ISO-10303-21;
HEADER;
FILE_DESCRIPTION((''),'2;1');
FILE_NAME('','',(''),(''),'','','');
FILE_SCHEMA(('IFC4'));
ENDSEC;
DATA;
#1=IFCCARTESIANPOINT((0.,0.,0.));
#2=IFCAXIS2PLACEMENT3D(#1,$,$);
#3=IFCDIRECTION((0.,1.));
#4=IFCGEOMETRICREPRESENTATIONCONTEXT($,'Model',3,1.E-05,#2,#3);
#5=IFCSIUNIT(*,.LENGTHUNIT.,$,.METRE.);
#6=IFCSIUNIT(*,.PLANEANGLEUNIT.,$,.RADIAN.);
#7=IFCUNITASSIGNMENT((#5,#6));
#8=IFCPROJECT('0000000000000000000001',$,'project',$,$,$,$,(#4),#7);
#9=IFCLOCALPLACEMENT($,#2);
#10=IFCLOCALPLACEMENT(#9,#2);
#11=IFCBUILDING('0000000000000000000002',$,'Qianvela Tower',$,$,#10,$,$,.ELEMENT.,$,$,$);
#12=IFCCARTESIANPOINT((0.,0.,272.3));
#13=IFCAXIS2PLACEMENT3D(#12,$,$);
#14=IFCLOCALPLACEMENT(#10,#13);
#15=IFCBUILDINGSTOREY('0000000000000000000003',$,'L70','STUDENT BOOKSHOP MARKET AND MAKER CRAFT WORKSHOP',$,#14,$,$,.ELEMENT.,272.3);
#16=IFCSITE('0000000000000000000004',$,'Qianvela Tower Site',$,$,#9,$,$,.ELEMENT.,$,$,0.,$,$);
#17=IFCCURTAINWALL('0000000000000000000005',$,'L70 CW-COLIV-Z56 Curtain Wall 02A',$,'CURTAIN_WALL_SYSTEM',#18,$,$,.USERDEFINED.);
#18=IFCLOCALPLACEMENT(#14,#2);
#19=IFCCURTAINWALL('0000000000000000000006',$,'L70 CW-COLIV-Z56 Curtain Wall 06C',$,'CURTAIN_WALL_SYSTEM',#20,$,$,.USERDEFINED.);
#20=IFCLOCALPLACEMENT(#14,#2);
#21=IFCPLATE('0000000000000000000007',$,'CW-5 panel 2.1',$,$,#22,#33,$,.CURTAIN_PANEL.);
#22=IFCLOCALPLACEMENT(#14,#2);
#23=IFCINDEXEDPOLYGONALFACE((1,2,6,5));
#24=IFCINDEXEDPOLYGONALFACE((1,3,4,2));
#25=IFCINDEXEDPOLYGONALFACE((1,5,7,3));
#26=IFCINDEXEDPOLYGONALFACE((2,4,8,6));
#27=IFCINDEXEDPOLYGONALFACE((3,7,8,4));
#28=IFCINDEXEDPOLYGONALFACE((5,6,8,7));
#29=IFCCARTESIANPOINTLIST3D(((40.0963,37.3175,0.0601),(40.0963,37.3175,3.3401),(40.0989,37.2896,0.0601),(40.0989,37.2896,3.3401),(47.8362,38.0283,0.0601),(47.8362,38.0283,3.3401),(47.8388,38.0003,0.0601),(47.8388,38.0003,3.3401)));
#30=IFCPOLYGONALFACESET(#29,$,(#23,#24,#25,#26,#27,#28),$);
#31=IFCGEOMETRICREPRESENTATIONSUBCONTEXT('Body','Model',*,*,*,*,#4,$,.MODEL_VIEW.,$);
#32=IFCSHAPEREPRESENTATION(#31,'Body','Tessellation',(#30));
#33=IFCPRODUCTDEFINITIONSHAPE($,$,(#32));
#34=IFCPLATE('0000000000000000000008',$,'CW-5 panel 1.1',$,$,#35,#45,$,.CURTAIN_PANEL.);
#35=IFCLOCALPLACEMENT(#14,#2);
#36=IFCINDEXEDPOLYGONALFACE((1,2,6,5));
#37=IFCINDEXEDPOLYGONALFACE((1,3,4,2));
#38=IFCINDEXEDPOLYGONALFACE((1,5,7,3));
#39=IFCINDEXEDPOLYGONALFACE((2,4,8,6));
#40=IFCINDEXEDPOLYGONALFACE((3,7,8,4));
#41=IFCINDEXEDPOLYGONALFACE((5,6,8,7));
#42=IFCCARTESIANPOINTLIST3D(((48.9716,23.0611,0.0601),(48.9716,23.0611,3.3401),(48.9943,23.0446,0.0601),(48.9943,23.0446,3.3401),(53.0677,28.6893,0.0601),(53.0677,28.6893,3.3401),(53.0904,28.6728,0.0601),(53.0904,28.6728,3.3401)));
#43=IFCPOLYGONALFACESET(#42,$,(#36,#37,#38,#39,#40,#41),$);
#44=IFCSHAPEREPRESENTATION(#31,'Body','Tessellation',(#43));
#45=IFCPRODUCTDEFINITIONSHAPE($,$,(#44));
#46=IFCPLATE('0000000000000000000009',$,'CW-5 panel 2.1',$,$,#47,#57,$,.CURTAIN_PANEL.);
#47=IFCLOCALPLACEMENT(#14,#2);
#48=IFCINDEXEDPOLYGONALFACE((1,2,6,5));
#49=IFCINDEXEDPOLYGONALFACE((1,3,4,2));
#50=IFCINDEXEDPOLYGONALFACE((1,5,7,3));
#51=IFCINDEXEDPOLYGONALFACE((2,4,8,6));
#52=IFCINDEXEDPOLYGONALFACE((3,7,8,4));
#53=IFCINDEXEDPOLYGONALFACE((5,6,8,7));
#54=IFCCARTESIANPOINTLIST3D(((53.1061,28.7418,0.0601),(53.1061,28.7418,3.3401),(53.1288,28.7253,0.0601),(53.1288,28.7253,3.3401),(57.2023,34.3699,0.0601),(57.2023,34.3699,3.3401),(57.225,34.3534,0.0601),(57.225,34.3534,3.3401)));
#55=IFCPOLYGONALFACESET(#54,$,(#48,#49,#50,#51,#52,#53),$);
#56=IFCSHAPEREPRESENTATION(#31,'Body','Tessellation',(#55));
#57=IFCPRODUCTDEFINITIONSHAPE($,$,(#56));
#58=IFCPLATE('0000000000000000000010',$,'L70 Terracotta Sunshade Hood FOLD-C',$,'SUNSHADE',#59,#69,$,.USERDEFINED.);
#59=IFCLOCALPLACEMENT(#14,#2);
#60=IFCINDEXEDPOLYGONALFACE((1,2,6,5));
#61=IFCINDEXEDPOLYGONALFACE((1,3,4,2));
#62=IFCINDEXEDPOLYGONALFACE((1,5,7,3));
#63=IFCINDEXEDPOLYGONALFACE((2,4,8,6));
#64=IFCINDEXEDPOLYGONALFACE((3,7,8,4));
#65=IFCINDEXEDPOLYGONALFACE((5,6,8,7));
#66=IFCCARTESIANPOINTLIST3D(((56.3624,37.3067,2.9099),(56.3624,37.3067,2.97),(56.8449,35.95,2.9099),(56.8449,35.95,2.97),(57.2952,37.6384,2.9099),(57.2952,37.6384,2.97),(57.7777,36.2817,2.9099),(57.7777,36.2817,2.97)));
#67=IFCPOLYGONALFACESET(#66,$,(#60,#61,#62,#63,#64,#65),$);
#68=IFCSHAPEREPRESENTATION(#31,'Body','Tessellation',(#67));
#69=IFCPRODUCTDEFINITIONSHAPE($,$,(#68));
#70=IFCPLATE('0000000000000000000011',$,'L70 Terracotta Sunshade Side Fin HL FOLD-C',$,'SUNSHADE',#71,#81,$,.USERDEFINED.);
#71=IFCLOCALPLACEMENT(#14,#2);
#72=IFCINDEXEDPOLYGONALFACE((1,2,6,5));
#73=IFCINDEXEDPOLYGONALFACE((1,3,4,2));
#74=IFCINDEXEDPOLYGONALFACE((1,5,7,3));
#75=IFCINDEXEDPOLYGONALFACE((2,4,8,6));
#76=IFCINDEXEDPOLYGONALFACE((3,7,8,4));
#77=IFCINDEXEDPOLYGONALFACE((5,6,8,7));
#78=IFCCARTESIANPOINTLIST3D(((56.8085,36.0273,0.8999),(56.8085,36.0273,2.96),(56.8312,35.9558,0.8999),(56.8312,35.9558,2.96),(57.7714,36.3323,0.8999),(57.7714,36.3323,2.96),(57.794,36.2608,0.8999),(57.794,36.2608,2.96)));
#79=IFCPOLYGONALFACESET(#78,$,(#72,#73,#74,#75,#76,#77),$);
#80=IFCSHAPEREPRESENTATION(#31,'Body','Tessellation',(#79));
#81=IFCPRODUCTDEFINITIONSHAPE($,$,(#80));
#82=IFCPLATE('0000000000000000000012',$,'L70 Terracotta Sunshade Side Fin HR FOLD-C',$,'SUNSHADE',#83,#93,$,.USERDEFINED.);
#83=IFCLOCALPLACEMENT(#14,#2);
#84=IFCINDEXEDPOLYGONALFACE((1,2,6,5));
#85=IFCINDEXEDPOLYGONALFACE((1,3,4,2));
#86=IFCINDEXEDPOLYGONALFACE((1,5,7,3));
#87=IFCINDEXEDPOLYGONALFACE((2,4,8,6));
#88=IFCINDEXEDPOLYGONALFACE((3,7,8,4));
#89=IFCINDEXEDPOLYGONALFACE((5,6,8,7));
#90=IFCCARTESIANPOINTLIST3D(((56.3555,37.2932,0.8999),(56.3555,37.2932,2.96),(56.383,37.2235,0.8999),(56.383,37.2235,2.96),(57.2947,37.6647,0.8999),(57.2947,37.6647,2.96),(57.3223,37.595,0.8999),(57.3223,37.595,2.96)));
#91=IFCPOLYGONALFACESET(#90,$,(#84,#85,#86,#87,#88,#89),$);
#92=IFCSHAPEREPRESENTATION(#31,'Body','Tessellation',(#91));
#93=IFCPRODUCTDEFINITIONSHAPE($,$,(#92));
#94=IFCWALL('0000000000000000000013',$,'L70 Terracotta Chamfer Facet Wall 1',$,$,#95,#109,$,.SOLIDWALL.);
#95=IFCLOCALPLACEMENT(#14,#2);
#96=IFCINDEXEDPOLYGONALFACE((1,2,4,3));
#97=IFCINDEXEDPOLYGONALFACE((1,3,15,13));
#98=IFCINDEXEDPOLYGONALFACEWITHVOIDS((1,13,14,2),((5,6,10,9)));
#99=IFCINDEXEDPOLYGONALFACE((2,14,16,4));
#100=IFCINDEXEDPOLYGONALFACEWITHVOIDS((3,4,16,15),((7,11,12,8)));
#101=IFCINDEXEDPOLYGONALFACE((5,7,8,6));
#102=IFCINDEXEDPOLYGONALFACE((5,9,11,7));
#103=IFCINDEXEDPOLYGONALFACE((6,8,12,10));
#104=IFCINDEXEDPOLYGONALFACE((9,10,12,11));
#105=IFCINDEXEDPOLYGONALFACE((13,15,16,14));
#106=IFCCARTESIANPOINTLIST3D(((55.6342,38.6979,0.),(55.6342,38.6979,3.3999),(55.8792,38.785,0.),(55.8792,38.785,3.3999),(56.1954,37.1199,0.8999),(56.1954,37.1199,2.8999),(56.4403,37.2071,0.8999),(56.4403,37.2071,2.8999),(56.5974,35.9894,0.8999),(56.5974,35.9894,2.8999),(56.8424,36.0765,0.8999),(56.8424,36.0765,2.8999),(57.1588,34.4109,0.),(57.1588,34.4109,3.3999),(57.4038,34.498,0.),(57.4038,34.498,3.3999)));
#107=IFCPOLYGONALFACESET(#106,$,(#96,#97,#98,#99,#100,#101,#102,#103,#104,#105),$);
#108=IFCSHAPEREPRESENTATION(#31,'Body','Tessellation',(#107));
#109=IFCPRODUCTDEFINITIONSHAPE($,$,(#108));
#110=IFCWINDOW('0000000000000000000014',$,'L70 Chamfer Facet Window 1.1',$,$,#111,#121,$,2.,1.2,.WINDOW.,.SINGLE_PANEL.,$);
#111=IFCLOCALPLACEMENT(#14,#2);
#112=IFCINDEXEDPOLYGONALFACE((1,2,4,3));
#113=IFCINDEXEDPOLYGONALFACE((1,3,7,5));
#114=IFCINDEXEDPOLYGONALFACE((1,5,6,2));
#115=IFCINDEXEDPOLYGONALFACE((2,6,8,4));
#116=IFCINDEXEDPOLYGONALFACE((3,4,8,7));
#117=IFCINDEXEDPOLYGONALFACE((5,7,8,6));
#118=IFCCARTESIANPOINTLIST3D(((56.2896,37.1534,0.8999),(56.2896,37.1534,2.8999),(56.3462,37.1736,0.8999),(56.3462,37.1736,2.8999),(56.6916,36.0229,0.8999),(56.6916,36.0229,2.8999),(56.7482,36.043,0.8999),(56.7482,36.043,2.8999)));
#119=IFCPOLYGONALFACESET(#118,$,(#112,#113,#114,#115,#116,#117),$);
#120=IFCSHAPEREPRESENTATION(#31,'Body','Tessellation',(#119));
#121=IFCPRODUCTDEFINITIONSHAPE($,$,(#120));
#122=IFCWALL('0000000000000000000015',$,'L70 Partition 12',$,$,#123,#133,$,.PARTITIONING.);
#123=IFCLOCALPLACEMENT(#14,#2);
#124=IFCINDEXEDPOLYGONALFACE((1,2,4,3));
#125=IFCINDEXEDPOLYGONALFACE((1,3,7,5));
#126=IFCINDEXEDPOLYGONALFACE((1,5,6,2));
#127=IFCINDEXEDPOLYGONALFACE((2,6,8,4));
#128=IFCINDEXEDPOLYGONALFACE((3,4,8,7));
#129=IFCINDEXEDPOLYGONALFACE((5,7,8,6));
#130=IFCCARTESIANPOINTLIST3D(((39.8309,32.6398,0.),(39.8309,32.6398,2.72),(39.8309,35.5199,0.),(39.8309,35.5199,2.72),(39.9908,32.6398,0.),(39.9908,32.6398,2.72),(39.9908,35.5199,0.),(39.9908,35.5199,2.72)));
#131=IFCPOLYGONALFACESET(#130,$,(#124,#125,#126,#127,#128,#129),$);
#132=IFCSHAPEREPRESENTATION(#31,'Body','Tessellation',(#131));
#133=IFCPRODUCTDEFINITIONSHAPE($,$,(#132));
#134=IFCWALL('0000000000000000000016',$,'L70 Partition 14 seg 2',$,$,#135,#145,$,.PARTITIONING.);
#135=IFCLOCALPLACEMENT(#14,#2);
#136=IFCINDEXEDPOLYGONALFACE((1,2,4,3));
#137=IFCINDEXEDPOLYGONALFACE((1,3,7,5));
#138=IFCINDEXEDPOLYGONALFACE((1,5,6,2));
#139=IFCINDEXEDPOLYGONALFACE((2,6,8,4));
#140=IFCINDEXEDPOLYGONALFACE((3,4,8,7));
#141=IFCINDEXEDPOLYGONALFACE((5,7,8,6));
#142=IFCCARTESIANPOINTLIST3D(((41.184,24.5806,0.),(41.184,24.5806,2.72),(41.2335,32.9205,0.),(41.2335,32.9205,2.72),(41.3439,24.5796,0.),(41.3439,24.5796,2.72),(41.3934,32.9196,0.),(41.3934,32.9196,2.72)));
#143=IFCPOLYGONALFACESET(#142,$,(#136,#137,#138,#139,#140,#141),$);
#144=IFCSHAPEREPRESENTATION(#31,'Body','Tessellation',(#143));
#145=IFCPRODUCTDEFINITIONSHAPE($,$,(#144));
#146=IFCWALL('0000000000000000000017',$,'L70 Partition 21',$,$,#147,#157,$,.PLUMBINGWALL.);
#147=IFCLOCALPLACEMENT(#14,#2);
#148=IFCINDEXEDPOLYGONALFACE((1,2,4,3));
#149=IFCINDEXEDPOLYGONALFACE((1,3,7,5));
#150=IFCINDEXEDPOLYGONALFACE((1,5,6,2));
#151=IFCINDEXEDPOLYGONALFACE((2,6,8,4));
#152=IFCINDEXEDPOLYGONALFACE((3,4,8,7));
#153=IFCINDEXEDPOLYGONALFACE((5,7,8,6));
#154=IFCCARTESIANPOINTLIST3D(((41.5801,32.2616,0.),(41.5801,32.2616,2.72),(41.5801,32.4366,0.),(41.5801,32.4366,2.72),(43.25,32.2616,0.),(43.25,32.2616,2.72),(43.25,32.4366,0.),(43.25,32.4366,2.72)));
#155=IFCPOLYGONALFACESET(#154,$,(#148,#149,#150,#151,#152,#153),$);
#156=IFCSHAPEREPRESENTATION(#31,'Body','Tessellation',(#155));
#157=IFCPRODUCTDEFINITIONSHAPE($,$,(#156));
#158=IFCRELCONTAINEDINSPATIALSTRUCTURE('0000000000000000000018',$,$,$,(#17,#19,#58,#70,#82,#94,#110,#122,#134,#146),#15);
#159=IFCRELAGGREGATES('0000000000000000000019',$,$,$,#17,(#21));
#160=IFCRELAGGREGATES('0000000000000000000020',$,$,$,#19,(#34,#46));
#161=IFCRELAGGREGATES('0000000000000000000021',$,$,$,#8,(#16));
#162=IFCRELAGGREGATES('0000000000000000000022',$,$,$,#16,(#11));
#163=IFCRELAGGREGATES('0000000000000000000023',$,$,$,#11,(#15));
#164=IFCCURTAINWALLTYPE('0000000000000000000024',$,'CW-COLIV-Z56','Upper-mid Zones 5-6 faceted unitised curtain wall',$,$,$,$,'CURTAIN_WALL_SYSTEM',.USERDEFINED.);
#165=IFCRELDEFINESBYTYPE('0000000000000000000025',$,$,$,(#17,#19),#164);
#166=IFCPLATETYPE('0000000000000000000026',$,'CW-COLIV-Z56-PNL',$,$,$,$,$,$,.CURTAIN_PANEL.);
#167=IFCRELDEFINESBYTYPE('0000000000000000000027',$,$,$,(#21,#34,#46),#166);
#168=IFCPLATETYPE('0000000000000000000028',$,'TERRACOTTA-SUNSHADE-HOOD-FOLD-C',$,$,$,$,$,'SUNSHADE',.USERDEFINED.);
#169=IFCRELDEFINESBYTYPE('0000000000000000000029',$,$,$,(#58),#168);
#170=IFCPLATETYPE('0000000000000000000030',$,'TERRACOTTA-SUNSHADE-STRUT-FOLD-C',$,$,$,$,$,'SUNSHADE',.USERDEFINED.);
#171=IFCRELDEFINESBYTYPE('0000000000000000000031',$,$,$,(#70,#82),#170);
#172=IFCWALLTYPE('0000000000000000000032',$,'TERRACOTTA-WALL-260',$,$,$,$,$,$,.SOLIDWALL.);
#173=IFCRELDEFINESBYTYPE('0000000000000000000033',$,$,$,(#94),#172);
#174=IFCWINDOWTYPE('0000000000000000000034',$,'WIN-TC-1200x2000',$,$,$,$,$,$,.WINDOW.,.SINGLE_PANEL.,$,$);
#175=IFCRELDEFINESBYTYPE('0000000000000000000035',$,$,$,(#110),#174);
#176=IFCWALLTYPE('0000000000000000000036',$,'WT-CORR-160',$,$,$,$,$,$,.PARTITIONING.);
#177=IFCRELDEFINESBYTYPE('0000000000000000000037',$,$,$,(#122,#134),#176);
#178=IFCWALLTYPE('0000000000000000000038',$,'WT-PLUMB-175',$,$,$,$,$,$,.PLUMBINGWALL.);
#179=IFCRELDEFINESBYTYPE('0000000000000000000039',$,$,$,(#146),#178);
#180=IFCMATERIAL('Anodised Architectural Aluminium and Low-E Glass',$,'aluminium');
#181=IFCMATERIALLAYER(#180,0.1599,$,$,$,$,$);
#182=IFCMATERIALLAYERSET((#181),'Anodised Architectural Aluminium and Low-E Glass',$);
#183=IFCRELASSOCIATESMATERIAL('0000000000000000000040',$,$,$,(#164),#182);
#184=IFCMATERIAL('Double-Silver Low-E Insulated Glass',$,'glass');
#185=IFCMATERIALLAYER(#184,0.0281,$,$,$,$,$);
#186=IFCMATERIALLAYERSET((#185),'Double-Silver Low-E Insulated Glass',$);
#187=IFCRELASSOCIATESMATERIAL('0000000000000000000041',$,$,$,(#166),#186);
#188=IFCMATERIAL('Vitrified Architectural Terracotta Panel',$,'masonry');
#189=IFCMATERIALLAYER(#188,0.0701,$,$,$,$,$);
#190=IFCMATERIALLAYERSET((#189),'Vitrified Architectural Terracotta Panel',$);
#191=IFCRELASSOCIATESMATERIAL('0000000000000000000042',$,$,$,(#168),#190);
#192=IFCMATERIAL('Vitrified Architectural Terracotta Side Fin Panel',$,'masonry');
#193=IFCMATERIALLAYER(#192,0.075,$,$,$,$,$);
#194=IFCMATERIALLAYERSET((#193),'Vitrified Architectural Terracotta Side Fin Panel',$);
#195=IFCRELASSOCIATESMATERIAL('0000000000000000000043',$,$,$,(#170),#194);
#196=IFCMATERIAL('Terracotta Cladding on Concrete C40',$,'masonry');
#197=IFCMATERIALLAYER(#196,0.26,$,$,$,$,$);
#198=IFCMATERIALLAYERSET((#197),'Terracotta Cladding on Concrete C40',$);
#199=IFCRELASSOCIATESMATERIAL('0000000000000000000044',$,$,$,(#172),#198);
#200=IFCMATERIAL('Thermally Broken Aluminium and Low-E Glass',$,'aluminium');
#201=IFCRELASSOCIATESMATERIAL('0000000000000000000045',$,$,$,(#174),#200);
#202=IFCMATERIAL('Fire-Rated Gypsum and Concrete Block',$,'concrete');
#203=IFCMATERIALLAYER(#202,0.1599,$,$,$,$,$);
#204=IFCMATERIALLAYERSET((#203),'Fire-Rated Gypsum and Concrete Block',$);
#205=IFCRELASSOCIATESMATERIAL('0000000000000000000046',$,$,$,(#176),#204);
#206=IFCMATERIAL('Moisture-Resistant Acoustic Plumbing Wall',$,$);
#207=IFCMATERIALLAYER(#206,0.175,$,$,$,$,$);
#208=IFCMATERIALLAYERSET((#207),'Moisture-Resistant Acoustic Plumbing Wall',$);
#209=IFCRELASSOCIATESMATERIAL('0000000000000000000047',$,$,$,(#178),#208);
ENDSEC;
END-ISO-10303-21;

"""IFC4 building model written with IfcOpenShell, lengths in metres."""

from ifc_helpers import new_model, si_unit, direction, frame, frame_2d, origin, origin_2d, place, context, subcontext, project, spatial, rectangle, extrude, material, layer, layer_set, type_object, element, fill, aggregate, save


model = new_model("IFC4")

# Units and contexts
model_context = context("Model", 3, precision=1e-05, world=origin(), true_north=direction((0.0, 1.0)))
body_context = subcontext(model_context, "Body", "Model", "MODEL_VIEW")
ifc_project = project(units=[si_unit("LENGTHUNIT", "METRE"), si_unit("PLANEANGLEUNIT", "RADIAN")], contexts=[model_context])

# Site, building, storey
site_placement = place(None, origin())
site = spatial("IfcSite", under=ifc_project, at=site_placement, Name="Qianvela Tower Site", CompositionType="ELEMENT", RefElevation=0.0)
building_placement = place(site_placement, origin())
building = spatial("IfcBuilding", under=site, at=building_placement, Name="Qianvela Tower", CompositionType="ELEMENT")
storey_placement = place(building_placement, frame((0.0, 0.0, 272.3)))
storey = spatial("IfcBuildingStorey", under=building, at=storey_placement, Name="L70", Description="STUDENT BOOKSHOP MARKET AND MAKER CRAFT WORKSHOP", CompositionType="ELEMENT", Elevation=272.3)

# Curtain walls
ifc_material_1 = material(Name="Anodised Architectural Aluminium and Low-E Glass", Category="aluminium")
ifc_layer_1 = layer(ifc_material_1, 0.1599)
ifc_layer_set_1 = layer_set([ifc_layer_1], Name="Anodised Architectural Aluminium and Low-E Glass")
curtain_wall_type_1 = type_object("IfcCurtainWallType", Name="CW-COLIV-Z56", Description="Upper-mid Zones 5-6 faceted unitised curtain wall", ElementType="CURTAIN_WALL_SYSTEM", PredefinedType="USERDEFINED", material=ifc_layer_set_1)
curtain_wall_1_placement = place(storey_placement, origin())
curtain_wall_1 = element("IfcCurtainWall", 1, at=curtain_wall_1_placement, inside=storey, type_object=curtain_wall_type_1, Name="L70 CW-COLIV-Z56 Curtain Wall 02A", ObjectType="CURTAIN_WALL_SYSTEM", PredefinedType="USERDEFINED")
curtain_wall_2_placement = place(storey_placement, origin())
curtain_wall_2 = element("IfcCurtainWall", 2, at=curtain_wall_2_placement, inside=storey, type_object=curtain_wall_type_1, Name="L70 CW-COLIV-Z56 Curtain Wall 06C", ObjectType="CURTAIN_WALL_SYSTEM", PredefinedType="USERDEFINED")

# Plates
ifc_material_2 = material(Name="Double-Silver Low-E Insulated Glass", Category="glass")
ifc_layer_2 = layer(ifc_material_2, 0.0281)
ifc_layer_set_2 = layer_set([ifc_layer_2], Name="Double-Silver Low-E Insulated Glass")
plate_type_1 = type_object("IfcPlateType", Name="CW-COLIV-Z56-PNL", PredefinedType="CURTAIN_PANEL", material=ifc_layer_set_2)
plate_1_placement = place(storey_placement, frame((43.9675, 37.6589, 0.0601), z_axis=(0.0, 0.0, 1.0), x_axis=(-0.99581, -0.091449, 0.0)))
plate_1 = element("IfcPlate", 3, at=plate_1_placement, type_object=plate_type_1, Name="CW-5 panel 2.1", PredefinedType="CURTAIN_PANEL", context=body_context, shape_type="SweptSolid", body=[
    extrude(rectangle(XDim=7.7725, YDim=0.0281, at=origin_2d()), origin(), (0.0, 0.0, 1.0), 3.28),
])
aggregate(curtain_wall_1, [plate_1])
plate_2_placement = place(storey_placement, frame((51.031, 25.8669, 0.0601), z_axis=(0.0, 0.0, 1.0), x_axis=(0.58845, 0.808534, 0.0)))
plate_2 = element("IfcPlate", 4, at=plate_2_placement, type_object=plate_type_1, Name="CW-5 panel 1.1", PredefinedType="CURTAIN_PANEL", context=body_context, shape_type="SweptSolid", body=[
    extrude(rectangle(XDim=6.9609, YDim=0.0281, at=origin_2d()), origin(), (0.0, 0.0, 1.0), 3.28),
])
plate_3_placement = place(storey_placement, frame((55.1655, 31.5476, 0.0601), z_axis=(0.0, 0.0, 1.0), x_axis=(0.58845, 0.808534, 0.0)))
plate_3 = element("IfcPlate", 5, at=plate_3_placement, type_object=plate_type_1, Name="CW-5 panel 2.1", PredefinedType="CURTAIN_PANEL", context=body_context, shape_type="SweptSolid", body=[
    extrude(rectangle(XDim=6.9609, YDim=0.0281, at=origin_2d()), origin(), (0.0, 0.0, 1.0), 3.28),
])
aggregate(curtain_wall_2, [plate_2, plate_3])

# Plates
ifc_material_3 = material(Name="Vitrified Architectural Terracotta Panel", Category="masonry")
ifc_layer_3 = layer(ifc_material_3, 0.0701)
ifc_layer_set_3 = layer_set([ifc_layer_3], Name="Vitrified Architectural Terracotta Panel")
plate_type_2 = type_object("IfcPlateType", Name="TERRACOTTA-SUNSHADE-HOOD-FOLD-C", ElementType="SUNSHADE", PredefinedType="USERDEFINED", material=ifc_layer_set_3)
plate_4_placement = place(storey_placement, frame((57.0701, 36.7942, 2.9099), z_axis=(0.0, 0.0, 1.0), x_axis=(-0.335075, 0.942191, 0.0)))
element("IfcPlate", 6, at=plate_4_placement, inside=storey, type_object=plate_type_2, Name="L70 Terracotta Sunshade Hood FOLD-C", ObjectType="SUNSHADE", PredefinedType="USERDEFINED", context=body_context, shape_type="SweptSolid", body=[
    extrude(rectangle(XDim=1.4399, YDim=0.99, at=origin_2d()), origin(), (0.0, 0.0, 1.0), 0.0601),
])
ifc_material_4 = material(Name="Vitrified Architectural Terracotta Side Fin Panel", Category="masonry")
ifc_layer_4 = layer(ifc_material_4, 0.075)
ifc_layer_set_4 = layer_set([ifc_layer_4], Name="Vitrified Architectural Terracotta Side Fin Panel")
plate_type_3 = type_object("IfcPlateType", Name="TERRACOTTA-SUNSHADE-STRUT-FOLD-C", ElementType="SUNSHADE", PredefinedType="USERDEFINED", material=ifc_layer_set_4)
for number, where, z_axis, x_axis, name in (
    (7, (57.3013, 36.144, 0.8999), (0.0, 0.0, 1.0), (-0.301989, 0.953311, 0.0), "L70 Terracotta Sunshade Side Fin HL FOLD-C"),
    (8, (56.8389, 37.4441, 0.8999), (0.0, 0.0, 1.0), (-0.367753, 0.929924, 0.0), "L70 Terracotta Sunshade Side Fin HR FOLD-C"),
):
    element("IfcPlate", number, at=place(storey_placement, frame(where, z_axis=z_axis, x_axis=x_axis)), inside=storey, type_object=plate_type_3, Name=name, ObjectType="SUNSHADE", PredefinedType="USERDEFINED", context=body_context, shape_type="SweptSolid", body=[
        extrude(rectangle(XDim=0.075, YDim=1.01, at=origin_2d()), origin(), (0.0, 0.0, 1.0), 2.0601),
    ])

# Wall, opening, window
ifc_material_5 = material(Name="Terracotta Cladding on Concrete C40", Category="masonry")
ifc_layer_5 = layer(ifc_material_5, 0.26)
ifc_layer_set_5 = layer_set([ifc_layer_5], Name="Terracotta Cladding on Concrete C40")
wall_type_1 = type_object("IfcWallType", Name="TERRACOTTA-WALL-260", PredefinedType="SOLIDWALL", material=ifc_layer_set_5)
wall_1_placement = place(storey_placement, frame((57.2812, 34.4546, 0.0), z_axis=(0.0, 0.0, 1.0), x_axis=(-0.335078, 0.94219, 0.0)))
wall_1 = element("IfcWall", 9, at=wall_1_placement, inside=storey, type_object=wall_type_1, Name="L70 Terracotta Chamfer Facet Wall 1", PredefinedType="SOLIDWALL", context=body_context, shape_type="SweptSolid", body=[
    extrude(rectangle(XDim=4.55, YDim=0.26, at=frame_2d((2.2749, 0.0))), origin(), (0.0, 0.0, 1.0), 3.3999),
])
opening_1_placement = place(wall_1_placement, frame((1.675, 0.0, 0.8999)))
opening_1 = element("IfcOpeningElement", 10, at=opening_1_placement, cuts=wall_1, PredefinedType="OPENING", context=body_context, shape_type="SweptSolid", body=[
    extrude(rectangle(XDim=1.2, YDim=2.0, at=frame_2d((0.6001, 1.0))), frame((0.0, 0.1399, 0.0), z_axis=(0.0, -1.0, 0.0), x_axis=(1.0, 0.0, 0.0)), (0.0, 0.0, 1.0), 0.28),
])
ifc_material_6 = material(Name="Thermally Broken Aluminium and Low-E Glass", Category="aluminium")
window_type = type_object("IfcWindowType", Name="WIN-TC-1200x2000", PartitioningType="SINGLE_PANEL", PredefinedType="WINDOW", material=ifc_material_6)
window_placement = place(opening_1_placement, origin())
window = element("IfcWindow", 11, at=window_placement, inside=storey, type_object=window_type, Name="L70 Chamfer Facet Window 1.1", OverallHeight=2.0, OverallWidth=1.2, PartitioningType="SINGLE_PANEL", PredefinedType="WINDOW", context=body_context, shape_type="SweptSolid", body=[
    extrude(rectangle(XDim=1.2, YDim=2.0, at=frame_2d((0.6001, 1.0))), frame((0.0, 0.03, 0.0), z_axis=(0.0, -1.0, 0.0), x_axis=(1.0, 0.0, 0.0)), (0.0, 0.0, 1.0), 0.0601),
])
fill(opening_1, window)

# Walls
ifc_material_7 = material(Name="Fire-Rated Gypsum and Concrete Block", Category="concrete")
ifc_layer_6 = layer(ifc_material_7, 0.1599)
ifc_layer_set_6 = layer_set([ifc_layer_6], Name="Fire-Rated Gypsum and Concrete Block")
wall_type_2 = type_object("IfcWallType", Name="WT-CORR-160", PredefinedType="PARTITIONING", material=ifc_layer_set_6)
wall_2_placement = place(storey_placement, frame((39.9109, 32.6399, 0.0), z_axis=(0.0, 0.0, 1.0), x_axis=(0.0, 1.0, 0.0)))
element("IfcWall", 12, at=wall_2_placement, inside=storey, type_object=wall_type_2, Name="L70 Partition 12", PredefinedType="PARTITIONING", context=body_context, shape_type="SweptSolid", body=[
    extrude(rectangle(XDim=2.8801, YDim=0.1599, at=frame_2d((1.4399, 0.0))), origin(), (0.0, 0.0, 1.0), 2.72),
])
wall_3_placement = place(storey_placement, frame((41.3135, 32.9199, 0.0), z_axis=(0.0, 0.0, 1.0), x_axis=(-0.005943, -0.999982, 0.0)))
element("IfcWall", 13, at=wall_3_placement, inside=storey, type_object=wall_type_2, Name="L70 Partition 14 seg 2", PredefinedType="PARTITIONING", context=body_context, shape_type="SweptSolid", body=[
    extrude(rectangle(XDim=8.3401, YDim=0.1599, at=frame_2d((4.1699, 0.0))), origin(), (0.0, 0.0, 1.0), 2.72),
])
ifc_material_8 = material(Name="Moisture-Resistant Acoustic Plumbing Wall")
ifc_layer_7 = layer(ifc_material_8, 0.175)
ifc_layer_set_7 = layer_set([ifc_layer_7], Name="Moisture-Resistant Acoustic Plumbing Wall")
wall_type_3 = type_object("IfcWallType", Name="WT-PLUMB-175", PredefinedType="PLUMBINGWALL", material=ifc_layer_set_7)
wall_4_placement = place(storey_placement, frame((41.5801, 32.3491, 0.0), z_axis=(0.0, 0.0, 1.0), x_axis=(1.0, 0.0, 0.0)))
element("IfcWall", 14, at=wall_4_placement, inside=storey, type_object=wall_type_3, Name="L70 Partition 21", PredefinedType="PLUMBINGWALL", context=body_context, shape_type="SweptSolid", body=[
    extrude(rectangle(XDim=1.6699, YDim=0.175, at=frame_2d((0.835, 0.0))), origin(), (0.0, 0.0, 1.0), 2.72),
])

save(model, "model.ifc")
